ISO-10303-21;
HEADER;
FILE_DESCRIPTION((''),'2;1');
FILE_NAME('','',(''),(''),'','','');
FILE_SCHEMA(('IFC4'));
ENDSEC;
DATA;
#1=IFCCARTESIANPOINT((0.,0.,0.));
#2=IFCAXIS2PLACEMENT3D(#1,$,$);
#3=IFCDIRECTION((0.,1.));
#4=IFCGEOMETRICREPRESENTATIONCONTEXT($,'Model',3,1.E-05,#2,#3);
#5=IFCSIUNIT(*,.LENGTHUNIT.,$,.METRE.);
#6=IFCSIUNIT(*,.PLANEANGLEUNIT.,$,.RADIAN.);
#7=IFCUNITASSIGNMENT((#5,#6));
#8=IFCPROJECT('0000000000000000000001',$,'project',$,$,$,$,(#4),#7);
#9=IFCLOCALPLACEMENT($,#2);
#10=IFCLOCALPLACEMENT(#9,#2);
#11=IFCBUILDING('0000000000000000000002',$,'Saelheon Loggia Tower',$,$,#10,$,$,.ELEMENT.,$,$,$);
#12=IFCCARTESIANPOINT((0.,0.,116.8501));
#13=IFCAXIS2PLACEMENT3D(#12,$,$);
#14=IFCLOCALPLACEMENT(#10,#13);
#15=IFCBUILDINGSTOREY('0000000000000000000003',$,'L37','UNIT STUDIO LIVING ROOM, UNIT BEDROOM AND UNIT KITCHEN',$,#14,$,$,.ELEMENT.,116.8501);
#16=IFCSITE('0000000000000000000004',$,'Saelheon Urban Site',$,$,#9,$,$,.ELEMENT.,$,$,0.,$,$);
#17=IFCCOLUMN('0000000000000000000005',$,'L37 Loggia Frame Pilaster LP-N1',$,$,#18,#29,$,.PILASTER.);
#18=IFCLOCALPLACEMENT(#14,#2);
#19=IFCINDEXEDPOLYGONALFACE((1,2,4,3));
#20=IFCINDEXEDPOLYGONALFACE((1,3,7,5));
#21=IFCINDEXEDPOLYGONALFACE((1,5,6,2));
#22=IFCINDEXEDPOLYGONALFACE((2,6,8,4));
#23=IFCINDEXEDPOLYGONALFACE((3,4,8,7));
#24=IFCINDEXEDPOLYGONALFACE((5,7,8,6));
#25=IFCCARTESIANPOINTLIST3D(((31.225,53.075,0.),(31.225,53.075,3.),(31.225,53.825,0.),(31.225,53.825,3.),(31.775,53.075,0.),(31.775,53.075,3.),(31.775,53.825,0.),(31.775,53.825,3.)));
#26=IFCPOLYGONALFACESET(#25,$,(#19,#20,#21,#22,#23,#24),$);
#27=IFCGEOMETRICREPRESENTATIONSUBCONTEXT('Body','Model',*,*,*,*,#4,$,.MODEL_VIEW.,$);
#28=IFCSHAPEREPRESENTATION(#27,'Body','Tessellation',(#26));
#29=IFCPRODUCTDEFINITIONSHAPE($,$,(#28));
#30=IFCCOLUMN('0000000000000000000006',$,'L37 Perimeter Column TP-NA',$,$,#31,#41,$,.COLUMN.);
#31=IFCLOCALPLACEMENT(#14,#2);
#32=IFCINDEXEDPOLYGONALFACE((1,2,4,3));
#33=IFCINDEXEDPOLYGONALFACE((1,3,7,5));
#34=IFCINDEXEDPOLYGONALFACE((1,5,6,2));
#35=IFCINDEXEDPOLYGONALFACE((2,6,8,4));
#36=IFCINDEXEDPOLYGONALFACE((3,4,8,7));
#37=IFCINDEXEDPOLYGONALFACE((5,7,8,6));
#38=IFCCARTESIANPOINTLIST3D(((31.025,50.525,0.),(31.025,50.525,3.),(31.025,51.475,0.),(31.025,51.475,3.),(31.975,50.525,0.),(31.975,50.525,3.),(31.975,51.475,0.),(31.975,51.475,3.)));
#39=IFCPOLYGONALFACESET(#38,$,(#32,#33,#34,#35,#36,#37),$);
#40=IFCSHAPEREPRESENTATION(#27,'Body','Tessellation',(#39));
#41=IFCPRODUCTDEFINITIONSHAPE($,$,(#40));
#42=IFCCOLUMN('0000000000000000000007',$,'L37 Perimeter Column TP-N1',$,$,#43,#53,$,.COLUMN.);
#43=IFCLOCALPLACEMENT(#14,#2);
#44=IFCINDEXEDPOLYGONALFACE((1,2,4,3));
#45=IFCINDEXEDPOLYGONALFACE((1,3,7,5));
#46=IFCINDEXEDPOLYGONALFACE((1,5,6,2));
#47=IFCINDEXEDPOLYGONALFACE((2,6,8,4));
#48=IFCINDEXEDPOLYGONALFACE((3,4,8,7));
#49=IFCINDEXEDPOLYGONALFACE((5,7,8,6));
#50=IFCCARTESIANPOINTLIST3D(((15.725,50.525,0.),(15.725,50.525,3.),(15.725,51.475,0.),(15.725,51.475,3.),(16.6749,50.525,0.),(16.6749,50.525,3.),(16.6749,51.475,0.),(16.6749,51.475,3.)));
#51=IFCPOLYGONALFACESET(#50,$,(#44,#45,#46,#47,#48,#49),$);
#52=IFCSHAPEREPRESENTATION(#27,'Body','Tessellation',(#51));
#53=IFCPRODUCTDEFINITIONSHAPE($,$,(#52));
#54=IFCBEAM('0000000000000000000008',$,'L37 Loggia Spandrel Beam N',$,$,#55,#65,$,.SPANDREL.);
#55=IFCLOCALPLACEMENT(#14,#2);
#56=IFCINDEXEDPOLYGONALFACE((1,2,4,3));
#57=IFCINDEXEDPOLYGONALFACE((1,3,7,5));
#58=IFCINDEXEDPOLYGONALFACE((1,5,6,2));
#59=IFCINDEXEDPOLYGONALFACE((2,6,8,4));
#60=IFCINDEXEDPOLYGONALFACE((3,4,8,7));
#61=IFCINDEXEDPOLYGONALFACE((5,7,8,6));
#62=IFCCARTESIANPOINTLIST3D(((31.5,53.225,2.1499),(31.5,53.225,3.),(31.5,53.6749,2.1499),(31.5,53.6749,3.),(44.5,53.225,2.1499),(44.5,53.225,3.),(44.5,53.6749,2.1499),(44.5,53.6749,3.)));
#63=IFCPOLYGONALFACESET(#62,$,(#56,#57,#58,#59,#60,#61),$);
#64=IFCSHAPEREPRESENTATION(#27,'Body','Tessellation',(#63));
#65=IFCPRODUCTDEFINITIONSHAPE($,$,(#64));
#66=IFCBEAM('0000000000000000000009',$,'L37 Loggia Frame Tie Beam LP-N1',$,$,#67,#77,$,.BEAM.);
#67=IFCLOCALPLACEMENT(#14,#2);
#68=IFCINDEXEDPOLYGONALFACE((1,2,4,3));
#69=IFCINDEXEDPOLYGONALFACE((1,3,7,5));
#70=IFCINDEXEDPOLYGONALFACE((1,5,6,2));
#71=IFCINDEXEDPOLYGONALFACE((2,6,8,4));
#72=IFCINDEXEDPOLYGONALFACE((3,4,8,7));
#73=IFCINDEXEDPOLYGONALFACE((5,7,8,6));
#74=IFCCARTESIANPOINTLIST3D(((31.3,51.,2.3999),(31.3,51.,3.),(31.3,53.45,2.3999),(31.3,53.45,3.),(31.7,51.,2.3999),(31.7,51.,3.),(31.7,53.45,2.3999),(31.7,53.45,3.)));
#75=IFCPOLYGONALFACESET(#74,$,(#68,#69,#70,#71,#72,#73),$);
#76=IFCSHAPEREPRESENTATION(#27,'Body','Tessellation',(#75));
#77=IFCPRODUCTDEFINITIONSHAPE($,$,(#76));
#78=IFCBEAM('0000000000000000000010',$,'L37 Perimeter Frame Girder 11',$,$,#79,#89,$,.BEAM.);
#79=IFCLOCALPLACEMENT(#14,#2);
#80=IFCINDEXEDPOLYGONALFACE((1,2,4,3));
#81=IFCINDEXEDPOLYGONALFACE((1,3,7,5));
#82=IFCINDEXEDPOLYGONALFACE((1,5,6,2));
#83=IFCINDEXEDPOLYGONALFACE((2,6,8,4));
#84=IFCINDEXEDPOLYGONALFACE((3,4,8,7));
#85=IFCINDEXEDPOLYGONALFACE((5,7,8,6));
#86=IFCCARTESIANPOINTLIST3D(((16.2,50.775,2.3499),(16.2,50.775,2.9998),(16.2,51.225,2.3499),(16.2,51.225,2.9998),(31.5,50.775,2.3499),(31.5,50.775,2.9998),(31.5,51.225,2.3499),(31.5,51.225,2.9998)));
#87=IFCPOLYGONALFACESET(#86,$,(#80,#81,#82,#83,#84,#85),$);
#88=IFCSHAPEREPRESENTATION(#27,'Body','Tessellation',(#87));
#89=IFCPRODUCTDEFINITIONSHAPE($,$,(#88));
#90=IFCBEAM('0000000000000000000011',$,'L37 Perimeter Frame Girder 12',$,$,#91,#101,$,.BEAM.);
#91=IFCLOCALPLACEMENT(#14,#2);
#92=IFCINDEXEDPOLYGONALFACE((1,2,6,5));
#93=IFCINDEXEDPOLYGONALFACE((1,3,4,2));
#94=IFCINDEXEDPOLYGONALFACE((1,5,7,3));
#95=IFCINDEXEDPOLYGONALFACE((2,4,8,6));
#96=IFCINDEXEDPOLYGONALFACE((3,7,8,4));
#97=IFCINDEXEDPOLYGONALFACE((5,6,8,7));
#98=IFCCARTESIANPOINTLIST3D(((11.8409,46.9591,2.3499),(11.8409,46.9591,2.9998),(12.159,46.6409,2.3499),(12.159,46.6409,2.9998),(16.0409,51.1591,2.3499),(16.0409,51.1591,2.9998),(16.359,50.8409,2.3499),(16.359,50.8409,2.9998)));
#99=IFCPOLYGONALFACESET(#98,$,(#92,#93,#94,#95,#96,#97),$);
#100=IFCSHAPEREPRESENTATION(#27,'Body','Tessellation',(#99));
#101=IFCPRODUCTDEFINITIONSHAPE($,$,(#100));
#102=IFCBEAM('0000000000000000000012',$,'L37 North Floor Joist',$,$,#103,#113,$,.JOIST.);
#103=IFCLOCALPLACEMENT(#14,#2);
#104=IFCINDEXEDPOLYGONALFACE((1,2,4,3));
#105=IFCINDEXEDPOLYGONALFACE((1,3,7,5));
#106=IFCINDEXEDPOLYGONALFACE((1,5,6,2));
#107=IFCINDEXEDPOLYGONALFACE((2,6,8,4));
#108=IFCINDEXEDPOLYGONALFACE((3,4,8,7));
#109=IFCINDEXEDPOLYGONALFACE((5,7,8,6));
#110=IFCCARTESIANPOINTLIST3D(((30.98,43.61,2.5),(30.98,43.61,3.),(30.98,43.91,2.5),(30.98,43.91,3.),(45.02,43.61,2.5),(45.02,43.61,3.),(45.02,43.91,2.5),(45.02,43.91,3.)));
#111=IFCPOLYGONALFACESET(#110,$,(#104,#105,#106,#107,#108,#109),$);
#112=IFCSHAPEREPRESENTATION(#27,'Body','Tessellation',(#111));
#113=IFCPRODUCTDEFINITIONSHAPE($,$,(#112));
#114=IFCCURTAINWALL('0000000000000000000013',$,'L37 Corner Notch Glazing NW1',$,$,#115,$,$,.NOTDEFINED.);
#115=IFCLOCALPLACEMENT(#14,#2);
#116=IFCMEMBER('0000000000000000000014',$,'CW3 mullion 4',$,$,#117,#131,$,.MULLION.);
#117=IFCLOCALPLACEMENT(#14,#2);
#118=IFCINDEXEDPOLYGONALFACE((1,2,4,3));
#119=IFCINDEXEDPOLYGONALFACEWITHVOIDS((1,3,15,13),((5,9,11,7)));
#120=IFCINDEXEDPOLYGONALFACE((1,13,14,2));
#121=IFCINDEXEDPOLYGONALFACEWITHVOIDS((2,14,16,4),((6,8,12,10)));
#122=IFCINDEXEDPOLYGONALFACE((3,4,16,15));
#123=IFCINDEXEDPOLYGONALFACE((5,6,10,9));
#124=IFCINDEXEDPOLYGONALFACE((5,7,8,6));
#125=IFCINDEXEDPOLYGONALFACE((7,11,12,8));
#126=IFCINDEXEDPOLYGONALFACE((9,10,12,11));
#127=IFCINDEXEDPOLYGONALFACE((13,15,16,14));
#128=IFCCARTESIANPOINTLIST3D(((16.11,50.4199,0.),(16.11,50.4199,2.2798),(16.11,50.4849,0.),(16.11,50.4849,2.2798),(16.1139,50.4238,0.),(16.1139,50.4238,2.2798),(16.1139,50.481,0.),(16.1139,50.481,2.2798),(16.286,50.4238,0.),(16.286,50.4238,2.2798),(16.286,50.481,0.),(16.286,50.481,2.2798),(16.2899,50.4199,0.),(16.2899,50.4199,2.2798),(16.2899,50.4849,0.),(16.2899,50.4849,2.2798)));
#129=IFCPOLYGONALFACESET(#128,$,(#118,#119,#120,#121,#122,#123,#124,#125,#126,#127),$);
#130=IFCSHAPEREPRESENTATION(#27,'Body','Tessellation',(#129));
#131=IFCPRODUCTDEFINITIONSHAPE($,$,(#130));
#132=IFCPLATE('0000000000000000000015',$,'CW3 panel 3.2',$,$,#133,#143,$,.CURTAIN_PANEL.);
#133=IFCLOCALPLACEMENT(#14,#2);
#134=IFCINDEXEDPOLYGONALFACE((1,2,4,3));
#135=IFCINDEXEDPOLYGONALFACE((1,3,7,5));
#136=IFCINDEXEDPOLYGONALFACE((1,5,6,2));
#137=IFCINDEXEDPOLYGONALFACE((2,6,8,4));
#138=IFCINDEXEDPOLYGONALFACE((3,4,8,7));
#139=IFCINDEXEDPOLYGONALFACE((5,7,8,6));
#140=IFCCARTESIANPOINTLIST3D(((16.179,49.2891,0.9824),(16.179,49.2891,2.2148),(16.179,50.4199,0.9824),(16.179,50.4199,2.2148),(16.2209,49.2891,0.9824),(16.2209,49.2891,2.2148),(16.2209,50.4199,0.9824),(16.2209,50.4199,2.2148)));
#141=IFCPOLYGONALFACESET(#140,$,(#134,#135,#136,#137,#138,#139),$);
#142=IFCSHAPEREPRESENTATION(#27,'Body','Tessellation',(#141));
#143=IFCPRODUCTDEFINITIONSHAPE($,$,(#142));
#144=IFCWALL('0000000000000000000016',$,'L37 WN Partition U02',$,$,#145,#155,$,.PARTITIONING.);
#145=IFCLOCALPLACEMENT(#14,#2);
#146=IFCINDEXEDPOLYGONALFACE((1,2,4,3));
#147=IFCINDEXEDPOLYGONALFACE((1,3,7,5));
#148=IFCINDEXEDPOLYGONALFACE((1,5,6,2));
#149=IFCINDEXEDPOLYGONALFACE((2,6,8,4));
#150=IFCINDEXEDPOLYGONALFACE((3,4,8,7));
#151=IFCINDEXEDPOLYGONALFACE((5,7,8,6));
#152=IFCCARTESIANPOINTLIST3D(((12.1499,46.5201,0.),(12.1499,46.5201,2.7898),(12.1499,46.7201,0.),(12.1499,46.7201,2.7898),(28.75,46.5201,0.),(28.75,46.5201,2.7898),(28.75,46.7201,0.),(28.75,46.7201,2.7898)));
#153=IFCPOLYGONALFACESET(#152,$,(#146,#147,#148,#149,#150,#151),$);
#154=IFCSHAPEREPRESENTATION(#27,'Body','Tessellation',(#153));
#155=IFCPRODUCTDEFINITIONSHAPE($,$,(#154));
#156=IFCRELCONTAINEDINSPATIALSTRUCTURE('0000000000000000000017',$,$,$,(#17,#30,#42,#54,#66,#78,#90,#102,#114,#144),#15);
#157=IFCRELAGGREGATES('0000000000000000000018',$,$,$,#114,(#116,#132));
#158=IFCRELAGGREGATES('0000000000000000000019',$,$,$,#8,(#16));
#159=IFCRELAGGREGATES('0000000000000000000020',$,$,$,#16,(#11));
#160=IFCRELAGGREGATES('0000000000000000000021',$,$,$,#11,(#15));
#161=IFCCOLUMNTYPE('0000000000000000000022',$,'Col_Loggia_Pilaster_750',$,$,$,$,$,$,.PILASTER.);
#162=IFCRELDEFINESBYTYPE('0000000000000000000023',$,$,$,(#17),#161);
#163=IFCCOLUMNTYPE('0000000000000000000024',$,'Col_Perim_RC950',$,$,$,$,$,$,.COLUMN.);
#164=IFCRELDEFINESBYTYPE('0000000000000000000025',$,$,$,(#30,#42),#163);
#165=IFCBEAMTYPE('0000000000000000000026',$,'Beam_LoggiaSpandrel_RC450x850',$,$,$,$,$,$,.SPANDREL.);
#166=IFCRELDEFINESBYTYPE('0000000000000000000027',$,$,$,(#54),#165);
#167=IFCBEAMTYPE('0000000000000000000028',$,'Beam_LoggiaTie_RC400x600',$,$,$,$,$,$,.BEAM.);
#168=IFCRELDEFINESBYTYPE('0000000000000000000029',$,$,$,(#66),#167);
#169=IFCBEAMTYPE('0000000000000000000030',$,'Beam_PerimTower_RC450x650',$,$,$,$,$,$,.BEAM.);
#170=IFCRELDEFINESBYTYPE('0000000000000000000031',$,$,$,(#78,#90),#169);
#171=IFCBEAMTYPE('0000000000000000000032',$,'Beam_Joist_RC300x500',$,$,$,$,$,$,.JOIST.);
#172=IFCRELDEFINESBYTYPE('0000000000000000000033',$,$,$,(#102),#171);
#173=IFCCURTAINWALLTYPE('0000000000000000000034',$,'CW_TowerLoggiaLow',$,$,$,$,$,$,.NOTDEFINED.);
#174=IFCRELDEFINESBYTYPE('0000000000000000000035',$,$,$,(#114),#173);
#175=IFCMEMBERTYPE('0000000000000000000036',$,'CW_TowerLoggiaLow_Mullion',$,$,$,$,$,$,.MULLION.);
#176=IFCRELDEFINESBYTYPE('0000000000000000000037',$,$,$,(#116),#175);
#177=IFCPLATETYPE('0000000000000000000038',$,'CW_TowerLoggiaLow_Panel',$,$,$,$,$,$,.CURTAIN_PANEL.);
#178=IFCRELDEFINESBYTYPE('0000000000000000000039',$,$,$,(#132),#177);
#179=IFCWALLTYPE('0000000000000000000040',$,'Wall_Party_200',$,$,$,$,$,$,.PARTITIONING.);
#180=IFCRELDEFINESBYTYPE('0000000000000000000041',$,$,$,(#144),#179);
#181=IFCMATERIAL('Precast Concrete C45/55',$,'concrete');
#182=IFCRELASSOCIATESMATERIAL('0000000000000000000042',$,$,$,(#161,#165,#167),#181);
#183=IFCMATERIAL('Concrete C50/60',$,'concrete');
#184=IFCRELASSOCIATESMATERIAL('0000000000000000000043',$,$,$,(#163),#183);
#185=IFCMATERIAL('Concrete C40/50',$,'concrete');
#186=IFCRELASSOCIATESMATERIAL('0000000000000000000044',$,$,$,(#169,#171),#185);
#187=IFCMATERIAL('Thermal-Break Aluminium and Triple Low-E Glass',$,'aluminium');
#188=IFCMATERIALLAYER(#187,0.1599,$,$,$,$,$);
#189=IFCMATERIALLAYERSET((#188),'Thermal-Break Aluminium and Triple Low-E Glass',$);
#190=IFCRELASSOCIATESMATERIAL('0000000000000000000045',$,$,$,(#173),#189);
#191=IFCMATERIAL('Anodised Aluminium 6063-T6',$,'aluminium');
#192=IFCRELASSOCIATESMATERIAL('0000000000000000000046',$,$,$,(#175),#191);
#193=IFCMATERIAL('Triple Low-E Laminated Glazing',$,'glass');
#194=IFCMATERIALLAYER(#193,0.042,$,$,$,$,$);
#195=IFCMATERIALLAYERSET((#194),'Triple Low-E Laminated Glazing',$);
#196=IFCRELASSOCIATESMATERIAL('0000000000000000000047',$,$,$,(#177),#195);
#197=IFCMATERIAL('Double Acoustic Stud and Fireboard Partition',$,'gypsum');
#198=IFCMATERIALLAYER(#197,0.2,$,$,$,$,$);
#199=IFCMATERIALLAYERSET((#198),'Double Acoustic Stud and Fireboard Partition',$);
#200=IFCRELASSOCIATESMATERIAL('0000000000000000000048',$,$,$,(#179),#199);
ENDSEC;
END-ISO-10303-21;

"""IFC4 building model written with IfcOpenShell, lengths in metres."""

from ifc_helpers import new_model, si_unit, direction, frame, frame_2d, origin, origin_2d, place, context, subcontext, project, spatial, rectangle, hollow_rectangle, extrude, source, transform, mapped, material, layer, layer_set, material_profile, profile_set, type_object, element, aggregate, save


model = new_model("IFC4")

# Units and contexts
model_context = context("Model", 3, precision=1e-05, world=origin(), true_north=direction((0.0, 1.0)))
body_context = subcontext(model_context, "Body", "Model", "MODEL_VIEW")
ifc_project = project(units=[si_unit("LENGTHUNIT", "METRE"), si_unit("PLANEANGLEUNIT", "RADIAN")], contexts=[model_context])

# Site, building, storey
site_placement = place(None, origin())
site = spatial("IfcSite", under=ifc_project, at=site_placement, Name="Saelheon Urban Site", CompositionType="ELEMENT", RefElevation=0.0)
building_placement = place(site_placement, origin())
building = spatial("IfcBuilding", under=site, at=building_placement, Name="Saelheon Loggia Tower", CompositionType="ELEMENT")
storey_placement = place(building_placement, frame((0.0, 0.0, 116.8501)))
storey = spatial("IfcBuildingStorey", under=building, at=storey_placement, Name="L37", Description="UNIT STUDIO LIVING ROOM, UNIT BEDROOM AND UNIT KITCHEN", CompositionType="ELEMENT", Elevation=116.8501)

# Columns
ifc_material_1 = material(Name="Precast Concrete C45/55", Category="concrete")
ifc_material_profile_1 = material_profile(ifc_material_1, rectangle(XDim=0.55, YDim=0.75, at=origin_2d()), Name="RC-550x750")
ifc_profile_set_1 = profile_set([ifc_material_profile_1], Name="Precast Concrete C45/55")
column_type_1 = type_object("IfcColumnType", Name="Col_Loggia_Pilaster_750", PredefinedType="PILASTER", material=ifc_profile_set_1)
shared_shape_1 = source(origin(), body_context, "Body", "SweptSolid", [
    extrude(rectangle(XDim=0.55, YDim=0.75, at=origin_2d()), origin(), (0.0, 0.0, 1.0), 3.0),
])
column_placement = place(storey_placement, frame((31.5, 53.45, 0.0), z_axis=(0.0, 0.0, 1.0), x_axis=(1.0, 0.0, 0.0)))
element("IfcColumn", 1, at=column_placement, inside=storey, type_object=column_type_1, Name="L37 Loggia Frame Pilaster LP-N1", PredefinedType="PILASTER", context=body_context, shape_type="MappedRepresentation", body=[
    mapped(shared_shape_1, transform((0.0, 0.0, 0.0), scale=1.0)),
])
ifc_material_2 = material(Name="Concrete C50/60", Category="concrete")
ifc_material_profile_2 = material_profile(ifc_material_2, rectangle(XDim=0.95, YDim=0.95, at=origin_2d()), Name="RC-950x950")
ifc_profile_set_2 = profile_set([ifc_material_profile_2], Name="Concrete C50/60")
column_type_2 = type_object("IfcColumnType", Name="Col_Perim_RC950", PredefinedType="COLUMN", material=ifc_profile_set_2)
shared_shape_2 = source(origin(), body_context, "Body", "SweptSolid", [
    extrude(rectangle(XDim=0.95, YDim=0.95, at=origin_2d()), origin(), (0.0, 0.0, 1.0), 3.0),
])
for number, where, z_axis, x_axis, name in (
    (2, (31.5, 51.0, 0.0), (0.0, 0.0, 1.0), (1.0, 0.0, 0.0), "L37 Perimeter Column TP-NA"),
    (3, (16.2, 51.0, 0.0), (0.0, 0.0, 1.0), (1.0, 0.0, 0.0), "L37 Perimeter Column TP-N1"),
):
    element("IfcColumn", number, at=place(storey_placement, frame(where, z_axis=z_axis, x_axis=x_axis)), inside=storey, type_object=column_type_2, Name=name, PredefinedType="COLUMN", context=body_context, shape_type="MappedRepresentation", body=[
        mapped(shared_shape_2, transform((0.0, 0.0, 0.0), scale=1.0)),
    ])

# Beams
ifc_material_profile_3 = material_profile(ifc_material_1, rectangle(XDim=0.45, YDim=0.8501, at=origin_2d()), Name="RC-450x850")
ifc_profile_set_3 = profile_set([ifc_material_profile_3], Name="Precast Concrete C45/55")
beam_type_1 = type_object("IfcBeamType", Name="Beam_LoggiaSpandrel_RC450x850", PredefinedType="SPANDREL", material=ifc_profile_set_3)
shared_shape_3 = source(origin(), body_context, "Body", "SweptSolid", [
    extrude(rectangle(XDim=0.45, YDim=0.8501, at=origin_2d()), origin(), (0.0, 0.0, 1.0), 13.0),
])
beam_1_placement = place(storey_placement, frame((31.5, 53.45, 2.575), z_axis=(1.0, 0.0, 0.0), x_axis=(0.0, 1.0, 0.0)))
element("IfcBeam", 4, at=beam_1_placement, inside=storey, type_object=beam_type_1, Name="L37 Loggia Spandrel Beam N", PredefinedType="SPANDREL", context=body_context, shape_type="MappedRepresentation", body=[
    mapped(shared_shape_3, transform((0.0, 0.0, 0.0), scale=1.0)),
])
ifc_material_profile_4 = material_profile(ifc_material_1, rectangle(XDim=0.3999, YDim=0.6001, at=origin_2d()), Name="RC-400x600")
ifc_profile_set_4 = profile_set([ifc_material_profile_4], Name="Precast Concrete C45/55")
beam_type_2 = type_object("IfcBeamType", Name="Beam_LoggiaTie_RC400x600", PredefinedType="BEAM", material=ifc_profile_set_4)
shared_shape_4 = source(origin(), body_context, "Body", "SweptSolid", [
    extrude(rectangle(XDim=0.3999, YDim=0.6001, at=origin_2d()), origin(), (0.0, 0.0, 1.0), 2.45),
])
beam_2_placement = place(storey_placement, frame((31.5, 51.0, 2.7), z_axis=(0.0, 1.0, 0.0), x_axis=(-1.0, 0.0, 0.0)))
element("IfcBeam", 5, at=beam_2_placement, inside=storey, type_object=beam_type_2, Name="L37 Loggia Frame Tie Beam LP-N1", PredefinedType="BEAM", context=body_context, shape_type="MappedRepresentation", body=[
    mapped(shared_shape_4, transform((0.0, 0.0, 0.0), scale=1.0)),
])
ifc_material_3 = material(Name="Concrete C40/50", Category="concrete")
ifc_material_profile_5 = material_profile(ifc_material_3, rectangle(XDim=0.45, YDim=0.6499, at=origin_2d()), Name="RC-450x650")
ifc_profile_set_5 = profile_set([ifc_material_profile_5], Name="Concrete C40/50")
beam_type_3 = type_object("IfcBeamType", Name="Beam_PerimTower_RC450x650", PredefinedType="BEAM", material=ifc_profile_set_5)
shared_shape_5 = source(origin(), body_context, "Body", "SweptSolid", [
    extrude(rectangle(XDim=0.45, YDim=0.6499, at=origin_2d()), origin(), (0.0, 0.0, 1.0), 15.3),
])
beam_3_placement = place(storey_placement, frame((31.5, 51.0, 2.6748), z_axis=(-1.0, 0.0, 0.0), x_axis=(0.0, -1.0, 0.0)))
element("IfcBeam", 6, at=beam_3_placement, inside=storey, type_object=beam_type_3, Name="L37 Perimeter Frame Girder 11", PredefinedType="BEAM", context=body_context, shape_type="MappedRepresentation", body=[
    mapped(shared_shape_5, transform((0.0, 0.0, 0.0), scale=1.0)),
])
shared_shape_6 = source(origin(), body_context, "Body", "SweptSolid", [
    extrude(rectangle(XDim=0.45, YDim=0.6499, at=origin_2d()), origin(), (0.0, 0.0, 1.0), 5.9397),
])
beam_4_placement = place(storey_placement, frame((16.2, 51.0, 2.6748), z_axis=(-0.707107, -0.707107, 0.0), x_axis=(0.707107, -0.707107, 0.0)))
element("IfcBeam", 7, at=beam_4_placement, inside=storey, type_object=beam_type_3, Name="L37 Perimeter Frame Girder 12", PredefinedType="BEAM", context=body_context, shape_type="MappedRepresentation", body=[
    mapped(shared_shape_6, transform((0.0, 0.0, 0.0), scale=1.0)),
])
ifc_material_profile_6 = material_profile(ifc_material_3, rectangle(XDim=0.3, YDim=0.5, at=origin_2d()), Name="RC-300x500")
ifc_profile_set_6 = profile_set([ifc_material_profile_6], Name="Concrete C40/50")
beam_type_4 = type_object("IfcBeamType", Name="Beam_Joist_RC300x500", PredefinedType="JOIST", material=ifc_profile_set_6)
shared_shape_7 = source(origin(), body_context, "Body", "SweptSolid", [
    extrude(rectangle(XDim=0.3, YDim=0.5, at=origin_2d()), origin(), (0.0, 0.0, 1.0), 14.04),
])
beam_5_placement = place(storey_placement, frame((30.98, 43.76, 2.75), z_axis=(1.0, 0.0, 0.0), x_axis=(0.0, 1.0, 0.0)))
element("IfcBeam", 8, at=beam_5_placement, inside=storey, type_object=beam_type_4, Name="L37 North Floor Joist", PredefinedType="JOIST", context=body_context, shape_type="MappedRepresentation", body=[
    mapped(shared_shape_7, transform((0.0, 0.0, 0.0), scale=1.0)),
])

# Curtain wall, member, plate
ifc_material_4 = material(Name="Thermal-Break Aluminium and Triple Low-E Glass", Category="aluminium")
ifc_layer_1 = layer(ifc_material_4, 0.1599)
ifc_layer_set_1 = layer_set([ifc_layer_1], Name="Thermal-Break Aluminium and Triple Low-E Glass")
curtain_wall_type = type_object("IfcCurtainWallType", Name="CW_TowerLoggiaLow", PredefinedType="NOTDEFINED", material=ifc_layer_set_1)
curtain_wall_placement = place(storey_placement, origin())
curtain_wall = element("IfcCurtainWall", 9, at=curtain_wall_placement, inside=storey, type_object=curtain_wall_type, Name="L37 Corner Notch Glazing NW1", PredefinedType="NOTDEFINED")
ifc_material_5 = material(Name="Anodised Aluminium 6063-T6", Category="aluminium")
ifc_material_profile_7 = material_profile(ifc_material_5, hollow_rectangle(XDim=0.0649, YDim=0.1799, WallThickness=0.0039, at=origin_2d()), Name="RHS-180x65x4")
ifc_profile_set_7 = profile_set([ifc_material_profile_7], Name="Anodised Aluminium 6063-T6")
member_type = type_object("IfcMemberType", Name="CW_TowerLoggiaLow_Mullion", PredefinedType="MULLION", material=ifc_profile_set_7)
shared_shape_8 = source(origin(), body_context, "Body", "SweptSolid", [
    extrude(hollow_rectangle(XDim=0.0649, YDim=0.1799, WallThickness=0.0039, at=origin_2d()), origin(), (0.0, 0.0, 1.0), 2.2798),
])
member_placement = place(storey_placement, frame((16.2, 50.4524, 0.0), z_axis=(0.0, 0.0, 1.0), x_axis=(0.0, 1.0, 0.0)))
member = element("IfcMember", 10, at=member_placement, type_object=member_type, Name="CW3 mullion 4", PredefinedType="MULLION", context=body_context, shape_type="MappedRepresentation", body=[
    mapped(shared_shape_8, transform((0.0, 0.0, 0.0), scale=1.0)),
])
ifc_material_6 = material(Name="Triple Low-E Laminated Glazing", Category="glass")
ifc_layer_2 = layer(ifc_material_6, 0.042)
ifc_layer_set_2 = layer_set([ifc_layer_2], Name="Triple Low-E Laminated Glazing")
plate_type = type_object("IfcPlateType", Name="CW_TowerLoggiaLow_Panel", PredefinedType="CURTAIN_PANEL", material=ifc_layer_set_2)
shared_shape_9 = source(origin(), body_context, "Body", "SweptSolid", [
    extrude(rectangle(XDim=1.1309, YDim=0.042, at=origin_2d()), origin(), (0.0, 0.0, 1.0), 1.2324),
])
plate_placement = place(storey_placement, frame((16.2, 49.8545, 0.9824), z_axis=(0.0, 0.0, 1.0), x_axis=(0.0, 1.0, 0.0)))
plate = element("IfcPlate", 11, at=plate_placement, type_object=plate_type, Name="CW3 panel 3.2", PredefinedType="CURTAIN_PANEL", context=body_context, shape_type="MappedRepresentation", body=[
    mapped(shared_shape_9, transform((0.0, 0.0, 0.0), scale=1.0)),
])
aggregate(curtain_wall, [member, plate])

# Wall
ifc_material_7 = material(Name="Double Acoustic Stud and Fireboard Partition", Category="gypsum")
ifc_layer_3 = layer(ifc_material_7, 0.2)
ifc_layer_set_3 = layer_set([ifc_layer_3], Name="Double Acoustic Stud and Fireboard Partition")
wall_type_1 = type_object("IfcWallType", Name="Wall_Party_200", PredefinedType="PARTITIONING", material=ifc_layer_set_3)
wall_1_placement = place(storey_placement, frame((28.75, 46.6201, 0.0), z_axis=(0.0, 0.0, 1.0), x_axis=(-1.0, 0.0, 0.0)))
element("IfcWall", 12, at=wall_1_placement, inside=storey, type_object=wall_type_1, Name="L37 WN Partition U02", PredefinedType="PARTITIONING", context=body_context, shape_type="SweptSolid", body=[
    extrude(rectangle(XDim=16.6001, YDim=0.2, at=frame_2d((8.3, 0.0))), origin(), (0.0, 0.0, 1.0), 2.7898),
])

save(model, "model.ifc")
